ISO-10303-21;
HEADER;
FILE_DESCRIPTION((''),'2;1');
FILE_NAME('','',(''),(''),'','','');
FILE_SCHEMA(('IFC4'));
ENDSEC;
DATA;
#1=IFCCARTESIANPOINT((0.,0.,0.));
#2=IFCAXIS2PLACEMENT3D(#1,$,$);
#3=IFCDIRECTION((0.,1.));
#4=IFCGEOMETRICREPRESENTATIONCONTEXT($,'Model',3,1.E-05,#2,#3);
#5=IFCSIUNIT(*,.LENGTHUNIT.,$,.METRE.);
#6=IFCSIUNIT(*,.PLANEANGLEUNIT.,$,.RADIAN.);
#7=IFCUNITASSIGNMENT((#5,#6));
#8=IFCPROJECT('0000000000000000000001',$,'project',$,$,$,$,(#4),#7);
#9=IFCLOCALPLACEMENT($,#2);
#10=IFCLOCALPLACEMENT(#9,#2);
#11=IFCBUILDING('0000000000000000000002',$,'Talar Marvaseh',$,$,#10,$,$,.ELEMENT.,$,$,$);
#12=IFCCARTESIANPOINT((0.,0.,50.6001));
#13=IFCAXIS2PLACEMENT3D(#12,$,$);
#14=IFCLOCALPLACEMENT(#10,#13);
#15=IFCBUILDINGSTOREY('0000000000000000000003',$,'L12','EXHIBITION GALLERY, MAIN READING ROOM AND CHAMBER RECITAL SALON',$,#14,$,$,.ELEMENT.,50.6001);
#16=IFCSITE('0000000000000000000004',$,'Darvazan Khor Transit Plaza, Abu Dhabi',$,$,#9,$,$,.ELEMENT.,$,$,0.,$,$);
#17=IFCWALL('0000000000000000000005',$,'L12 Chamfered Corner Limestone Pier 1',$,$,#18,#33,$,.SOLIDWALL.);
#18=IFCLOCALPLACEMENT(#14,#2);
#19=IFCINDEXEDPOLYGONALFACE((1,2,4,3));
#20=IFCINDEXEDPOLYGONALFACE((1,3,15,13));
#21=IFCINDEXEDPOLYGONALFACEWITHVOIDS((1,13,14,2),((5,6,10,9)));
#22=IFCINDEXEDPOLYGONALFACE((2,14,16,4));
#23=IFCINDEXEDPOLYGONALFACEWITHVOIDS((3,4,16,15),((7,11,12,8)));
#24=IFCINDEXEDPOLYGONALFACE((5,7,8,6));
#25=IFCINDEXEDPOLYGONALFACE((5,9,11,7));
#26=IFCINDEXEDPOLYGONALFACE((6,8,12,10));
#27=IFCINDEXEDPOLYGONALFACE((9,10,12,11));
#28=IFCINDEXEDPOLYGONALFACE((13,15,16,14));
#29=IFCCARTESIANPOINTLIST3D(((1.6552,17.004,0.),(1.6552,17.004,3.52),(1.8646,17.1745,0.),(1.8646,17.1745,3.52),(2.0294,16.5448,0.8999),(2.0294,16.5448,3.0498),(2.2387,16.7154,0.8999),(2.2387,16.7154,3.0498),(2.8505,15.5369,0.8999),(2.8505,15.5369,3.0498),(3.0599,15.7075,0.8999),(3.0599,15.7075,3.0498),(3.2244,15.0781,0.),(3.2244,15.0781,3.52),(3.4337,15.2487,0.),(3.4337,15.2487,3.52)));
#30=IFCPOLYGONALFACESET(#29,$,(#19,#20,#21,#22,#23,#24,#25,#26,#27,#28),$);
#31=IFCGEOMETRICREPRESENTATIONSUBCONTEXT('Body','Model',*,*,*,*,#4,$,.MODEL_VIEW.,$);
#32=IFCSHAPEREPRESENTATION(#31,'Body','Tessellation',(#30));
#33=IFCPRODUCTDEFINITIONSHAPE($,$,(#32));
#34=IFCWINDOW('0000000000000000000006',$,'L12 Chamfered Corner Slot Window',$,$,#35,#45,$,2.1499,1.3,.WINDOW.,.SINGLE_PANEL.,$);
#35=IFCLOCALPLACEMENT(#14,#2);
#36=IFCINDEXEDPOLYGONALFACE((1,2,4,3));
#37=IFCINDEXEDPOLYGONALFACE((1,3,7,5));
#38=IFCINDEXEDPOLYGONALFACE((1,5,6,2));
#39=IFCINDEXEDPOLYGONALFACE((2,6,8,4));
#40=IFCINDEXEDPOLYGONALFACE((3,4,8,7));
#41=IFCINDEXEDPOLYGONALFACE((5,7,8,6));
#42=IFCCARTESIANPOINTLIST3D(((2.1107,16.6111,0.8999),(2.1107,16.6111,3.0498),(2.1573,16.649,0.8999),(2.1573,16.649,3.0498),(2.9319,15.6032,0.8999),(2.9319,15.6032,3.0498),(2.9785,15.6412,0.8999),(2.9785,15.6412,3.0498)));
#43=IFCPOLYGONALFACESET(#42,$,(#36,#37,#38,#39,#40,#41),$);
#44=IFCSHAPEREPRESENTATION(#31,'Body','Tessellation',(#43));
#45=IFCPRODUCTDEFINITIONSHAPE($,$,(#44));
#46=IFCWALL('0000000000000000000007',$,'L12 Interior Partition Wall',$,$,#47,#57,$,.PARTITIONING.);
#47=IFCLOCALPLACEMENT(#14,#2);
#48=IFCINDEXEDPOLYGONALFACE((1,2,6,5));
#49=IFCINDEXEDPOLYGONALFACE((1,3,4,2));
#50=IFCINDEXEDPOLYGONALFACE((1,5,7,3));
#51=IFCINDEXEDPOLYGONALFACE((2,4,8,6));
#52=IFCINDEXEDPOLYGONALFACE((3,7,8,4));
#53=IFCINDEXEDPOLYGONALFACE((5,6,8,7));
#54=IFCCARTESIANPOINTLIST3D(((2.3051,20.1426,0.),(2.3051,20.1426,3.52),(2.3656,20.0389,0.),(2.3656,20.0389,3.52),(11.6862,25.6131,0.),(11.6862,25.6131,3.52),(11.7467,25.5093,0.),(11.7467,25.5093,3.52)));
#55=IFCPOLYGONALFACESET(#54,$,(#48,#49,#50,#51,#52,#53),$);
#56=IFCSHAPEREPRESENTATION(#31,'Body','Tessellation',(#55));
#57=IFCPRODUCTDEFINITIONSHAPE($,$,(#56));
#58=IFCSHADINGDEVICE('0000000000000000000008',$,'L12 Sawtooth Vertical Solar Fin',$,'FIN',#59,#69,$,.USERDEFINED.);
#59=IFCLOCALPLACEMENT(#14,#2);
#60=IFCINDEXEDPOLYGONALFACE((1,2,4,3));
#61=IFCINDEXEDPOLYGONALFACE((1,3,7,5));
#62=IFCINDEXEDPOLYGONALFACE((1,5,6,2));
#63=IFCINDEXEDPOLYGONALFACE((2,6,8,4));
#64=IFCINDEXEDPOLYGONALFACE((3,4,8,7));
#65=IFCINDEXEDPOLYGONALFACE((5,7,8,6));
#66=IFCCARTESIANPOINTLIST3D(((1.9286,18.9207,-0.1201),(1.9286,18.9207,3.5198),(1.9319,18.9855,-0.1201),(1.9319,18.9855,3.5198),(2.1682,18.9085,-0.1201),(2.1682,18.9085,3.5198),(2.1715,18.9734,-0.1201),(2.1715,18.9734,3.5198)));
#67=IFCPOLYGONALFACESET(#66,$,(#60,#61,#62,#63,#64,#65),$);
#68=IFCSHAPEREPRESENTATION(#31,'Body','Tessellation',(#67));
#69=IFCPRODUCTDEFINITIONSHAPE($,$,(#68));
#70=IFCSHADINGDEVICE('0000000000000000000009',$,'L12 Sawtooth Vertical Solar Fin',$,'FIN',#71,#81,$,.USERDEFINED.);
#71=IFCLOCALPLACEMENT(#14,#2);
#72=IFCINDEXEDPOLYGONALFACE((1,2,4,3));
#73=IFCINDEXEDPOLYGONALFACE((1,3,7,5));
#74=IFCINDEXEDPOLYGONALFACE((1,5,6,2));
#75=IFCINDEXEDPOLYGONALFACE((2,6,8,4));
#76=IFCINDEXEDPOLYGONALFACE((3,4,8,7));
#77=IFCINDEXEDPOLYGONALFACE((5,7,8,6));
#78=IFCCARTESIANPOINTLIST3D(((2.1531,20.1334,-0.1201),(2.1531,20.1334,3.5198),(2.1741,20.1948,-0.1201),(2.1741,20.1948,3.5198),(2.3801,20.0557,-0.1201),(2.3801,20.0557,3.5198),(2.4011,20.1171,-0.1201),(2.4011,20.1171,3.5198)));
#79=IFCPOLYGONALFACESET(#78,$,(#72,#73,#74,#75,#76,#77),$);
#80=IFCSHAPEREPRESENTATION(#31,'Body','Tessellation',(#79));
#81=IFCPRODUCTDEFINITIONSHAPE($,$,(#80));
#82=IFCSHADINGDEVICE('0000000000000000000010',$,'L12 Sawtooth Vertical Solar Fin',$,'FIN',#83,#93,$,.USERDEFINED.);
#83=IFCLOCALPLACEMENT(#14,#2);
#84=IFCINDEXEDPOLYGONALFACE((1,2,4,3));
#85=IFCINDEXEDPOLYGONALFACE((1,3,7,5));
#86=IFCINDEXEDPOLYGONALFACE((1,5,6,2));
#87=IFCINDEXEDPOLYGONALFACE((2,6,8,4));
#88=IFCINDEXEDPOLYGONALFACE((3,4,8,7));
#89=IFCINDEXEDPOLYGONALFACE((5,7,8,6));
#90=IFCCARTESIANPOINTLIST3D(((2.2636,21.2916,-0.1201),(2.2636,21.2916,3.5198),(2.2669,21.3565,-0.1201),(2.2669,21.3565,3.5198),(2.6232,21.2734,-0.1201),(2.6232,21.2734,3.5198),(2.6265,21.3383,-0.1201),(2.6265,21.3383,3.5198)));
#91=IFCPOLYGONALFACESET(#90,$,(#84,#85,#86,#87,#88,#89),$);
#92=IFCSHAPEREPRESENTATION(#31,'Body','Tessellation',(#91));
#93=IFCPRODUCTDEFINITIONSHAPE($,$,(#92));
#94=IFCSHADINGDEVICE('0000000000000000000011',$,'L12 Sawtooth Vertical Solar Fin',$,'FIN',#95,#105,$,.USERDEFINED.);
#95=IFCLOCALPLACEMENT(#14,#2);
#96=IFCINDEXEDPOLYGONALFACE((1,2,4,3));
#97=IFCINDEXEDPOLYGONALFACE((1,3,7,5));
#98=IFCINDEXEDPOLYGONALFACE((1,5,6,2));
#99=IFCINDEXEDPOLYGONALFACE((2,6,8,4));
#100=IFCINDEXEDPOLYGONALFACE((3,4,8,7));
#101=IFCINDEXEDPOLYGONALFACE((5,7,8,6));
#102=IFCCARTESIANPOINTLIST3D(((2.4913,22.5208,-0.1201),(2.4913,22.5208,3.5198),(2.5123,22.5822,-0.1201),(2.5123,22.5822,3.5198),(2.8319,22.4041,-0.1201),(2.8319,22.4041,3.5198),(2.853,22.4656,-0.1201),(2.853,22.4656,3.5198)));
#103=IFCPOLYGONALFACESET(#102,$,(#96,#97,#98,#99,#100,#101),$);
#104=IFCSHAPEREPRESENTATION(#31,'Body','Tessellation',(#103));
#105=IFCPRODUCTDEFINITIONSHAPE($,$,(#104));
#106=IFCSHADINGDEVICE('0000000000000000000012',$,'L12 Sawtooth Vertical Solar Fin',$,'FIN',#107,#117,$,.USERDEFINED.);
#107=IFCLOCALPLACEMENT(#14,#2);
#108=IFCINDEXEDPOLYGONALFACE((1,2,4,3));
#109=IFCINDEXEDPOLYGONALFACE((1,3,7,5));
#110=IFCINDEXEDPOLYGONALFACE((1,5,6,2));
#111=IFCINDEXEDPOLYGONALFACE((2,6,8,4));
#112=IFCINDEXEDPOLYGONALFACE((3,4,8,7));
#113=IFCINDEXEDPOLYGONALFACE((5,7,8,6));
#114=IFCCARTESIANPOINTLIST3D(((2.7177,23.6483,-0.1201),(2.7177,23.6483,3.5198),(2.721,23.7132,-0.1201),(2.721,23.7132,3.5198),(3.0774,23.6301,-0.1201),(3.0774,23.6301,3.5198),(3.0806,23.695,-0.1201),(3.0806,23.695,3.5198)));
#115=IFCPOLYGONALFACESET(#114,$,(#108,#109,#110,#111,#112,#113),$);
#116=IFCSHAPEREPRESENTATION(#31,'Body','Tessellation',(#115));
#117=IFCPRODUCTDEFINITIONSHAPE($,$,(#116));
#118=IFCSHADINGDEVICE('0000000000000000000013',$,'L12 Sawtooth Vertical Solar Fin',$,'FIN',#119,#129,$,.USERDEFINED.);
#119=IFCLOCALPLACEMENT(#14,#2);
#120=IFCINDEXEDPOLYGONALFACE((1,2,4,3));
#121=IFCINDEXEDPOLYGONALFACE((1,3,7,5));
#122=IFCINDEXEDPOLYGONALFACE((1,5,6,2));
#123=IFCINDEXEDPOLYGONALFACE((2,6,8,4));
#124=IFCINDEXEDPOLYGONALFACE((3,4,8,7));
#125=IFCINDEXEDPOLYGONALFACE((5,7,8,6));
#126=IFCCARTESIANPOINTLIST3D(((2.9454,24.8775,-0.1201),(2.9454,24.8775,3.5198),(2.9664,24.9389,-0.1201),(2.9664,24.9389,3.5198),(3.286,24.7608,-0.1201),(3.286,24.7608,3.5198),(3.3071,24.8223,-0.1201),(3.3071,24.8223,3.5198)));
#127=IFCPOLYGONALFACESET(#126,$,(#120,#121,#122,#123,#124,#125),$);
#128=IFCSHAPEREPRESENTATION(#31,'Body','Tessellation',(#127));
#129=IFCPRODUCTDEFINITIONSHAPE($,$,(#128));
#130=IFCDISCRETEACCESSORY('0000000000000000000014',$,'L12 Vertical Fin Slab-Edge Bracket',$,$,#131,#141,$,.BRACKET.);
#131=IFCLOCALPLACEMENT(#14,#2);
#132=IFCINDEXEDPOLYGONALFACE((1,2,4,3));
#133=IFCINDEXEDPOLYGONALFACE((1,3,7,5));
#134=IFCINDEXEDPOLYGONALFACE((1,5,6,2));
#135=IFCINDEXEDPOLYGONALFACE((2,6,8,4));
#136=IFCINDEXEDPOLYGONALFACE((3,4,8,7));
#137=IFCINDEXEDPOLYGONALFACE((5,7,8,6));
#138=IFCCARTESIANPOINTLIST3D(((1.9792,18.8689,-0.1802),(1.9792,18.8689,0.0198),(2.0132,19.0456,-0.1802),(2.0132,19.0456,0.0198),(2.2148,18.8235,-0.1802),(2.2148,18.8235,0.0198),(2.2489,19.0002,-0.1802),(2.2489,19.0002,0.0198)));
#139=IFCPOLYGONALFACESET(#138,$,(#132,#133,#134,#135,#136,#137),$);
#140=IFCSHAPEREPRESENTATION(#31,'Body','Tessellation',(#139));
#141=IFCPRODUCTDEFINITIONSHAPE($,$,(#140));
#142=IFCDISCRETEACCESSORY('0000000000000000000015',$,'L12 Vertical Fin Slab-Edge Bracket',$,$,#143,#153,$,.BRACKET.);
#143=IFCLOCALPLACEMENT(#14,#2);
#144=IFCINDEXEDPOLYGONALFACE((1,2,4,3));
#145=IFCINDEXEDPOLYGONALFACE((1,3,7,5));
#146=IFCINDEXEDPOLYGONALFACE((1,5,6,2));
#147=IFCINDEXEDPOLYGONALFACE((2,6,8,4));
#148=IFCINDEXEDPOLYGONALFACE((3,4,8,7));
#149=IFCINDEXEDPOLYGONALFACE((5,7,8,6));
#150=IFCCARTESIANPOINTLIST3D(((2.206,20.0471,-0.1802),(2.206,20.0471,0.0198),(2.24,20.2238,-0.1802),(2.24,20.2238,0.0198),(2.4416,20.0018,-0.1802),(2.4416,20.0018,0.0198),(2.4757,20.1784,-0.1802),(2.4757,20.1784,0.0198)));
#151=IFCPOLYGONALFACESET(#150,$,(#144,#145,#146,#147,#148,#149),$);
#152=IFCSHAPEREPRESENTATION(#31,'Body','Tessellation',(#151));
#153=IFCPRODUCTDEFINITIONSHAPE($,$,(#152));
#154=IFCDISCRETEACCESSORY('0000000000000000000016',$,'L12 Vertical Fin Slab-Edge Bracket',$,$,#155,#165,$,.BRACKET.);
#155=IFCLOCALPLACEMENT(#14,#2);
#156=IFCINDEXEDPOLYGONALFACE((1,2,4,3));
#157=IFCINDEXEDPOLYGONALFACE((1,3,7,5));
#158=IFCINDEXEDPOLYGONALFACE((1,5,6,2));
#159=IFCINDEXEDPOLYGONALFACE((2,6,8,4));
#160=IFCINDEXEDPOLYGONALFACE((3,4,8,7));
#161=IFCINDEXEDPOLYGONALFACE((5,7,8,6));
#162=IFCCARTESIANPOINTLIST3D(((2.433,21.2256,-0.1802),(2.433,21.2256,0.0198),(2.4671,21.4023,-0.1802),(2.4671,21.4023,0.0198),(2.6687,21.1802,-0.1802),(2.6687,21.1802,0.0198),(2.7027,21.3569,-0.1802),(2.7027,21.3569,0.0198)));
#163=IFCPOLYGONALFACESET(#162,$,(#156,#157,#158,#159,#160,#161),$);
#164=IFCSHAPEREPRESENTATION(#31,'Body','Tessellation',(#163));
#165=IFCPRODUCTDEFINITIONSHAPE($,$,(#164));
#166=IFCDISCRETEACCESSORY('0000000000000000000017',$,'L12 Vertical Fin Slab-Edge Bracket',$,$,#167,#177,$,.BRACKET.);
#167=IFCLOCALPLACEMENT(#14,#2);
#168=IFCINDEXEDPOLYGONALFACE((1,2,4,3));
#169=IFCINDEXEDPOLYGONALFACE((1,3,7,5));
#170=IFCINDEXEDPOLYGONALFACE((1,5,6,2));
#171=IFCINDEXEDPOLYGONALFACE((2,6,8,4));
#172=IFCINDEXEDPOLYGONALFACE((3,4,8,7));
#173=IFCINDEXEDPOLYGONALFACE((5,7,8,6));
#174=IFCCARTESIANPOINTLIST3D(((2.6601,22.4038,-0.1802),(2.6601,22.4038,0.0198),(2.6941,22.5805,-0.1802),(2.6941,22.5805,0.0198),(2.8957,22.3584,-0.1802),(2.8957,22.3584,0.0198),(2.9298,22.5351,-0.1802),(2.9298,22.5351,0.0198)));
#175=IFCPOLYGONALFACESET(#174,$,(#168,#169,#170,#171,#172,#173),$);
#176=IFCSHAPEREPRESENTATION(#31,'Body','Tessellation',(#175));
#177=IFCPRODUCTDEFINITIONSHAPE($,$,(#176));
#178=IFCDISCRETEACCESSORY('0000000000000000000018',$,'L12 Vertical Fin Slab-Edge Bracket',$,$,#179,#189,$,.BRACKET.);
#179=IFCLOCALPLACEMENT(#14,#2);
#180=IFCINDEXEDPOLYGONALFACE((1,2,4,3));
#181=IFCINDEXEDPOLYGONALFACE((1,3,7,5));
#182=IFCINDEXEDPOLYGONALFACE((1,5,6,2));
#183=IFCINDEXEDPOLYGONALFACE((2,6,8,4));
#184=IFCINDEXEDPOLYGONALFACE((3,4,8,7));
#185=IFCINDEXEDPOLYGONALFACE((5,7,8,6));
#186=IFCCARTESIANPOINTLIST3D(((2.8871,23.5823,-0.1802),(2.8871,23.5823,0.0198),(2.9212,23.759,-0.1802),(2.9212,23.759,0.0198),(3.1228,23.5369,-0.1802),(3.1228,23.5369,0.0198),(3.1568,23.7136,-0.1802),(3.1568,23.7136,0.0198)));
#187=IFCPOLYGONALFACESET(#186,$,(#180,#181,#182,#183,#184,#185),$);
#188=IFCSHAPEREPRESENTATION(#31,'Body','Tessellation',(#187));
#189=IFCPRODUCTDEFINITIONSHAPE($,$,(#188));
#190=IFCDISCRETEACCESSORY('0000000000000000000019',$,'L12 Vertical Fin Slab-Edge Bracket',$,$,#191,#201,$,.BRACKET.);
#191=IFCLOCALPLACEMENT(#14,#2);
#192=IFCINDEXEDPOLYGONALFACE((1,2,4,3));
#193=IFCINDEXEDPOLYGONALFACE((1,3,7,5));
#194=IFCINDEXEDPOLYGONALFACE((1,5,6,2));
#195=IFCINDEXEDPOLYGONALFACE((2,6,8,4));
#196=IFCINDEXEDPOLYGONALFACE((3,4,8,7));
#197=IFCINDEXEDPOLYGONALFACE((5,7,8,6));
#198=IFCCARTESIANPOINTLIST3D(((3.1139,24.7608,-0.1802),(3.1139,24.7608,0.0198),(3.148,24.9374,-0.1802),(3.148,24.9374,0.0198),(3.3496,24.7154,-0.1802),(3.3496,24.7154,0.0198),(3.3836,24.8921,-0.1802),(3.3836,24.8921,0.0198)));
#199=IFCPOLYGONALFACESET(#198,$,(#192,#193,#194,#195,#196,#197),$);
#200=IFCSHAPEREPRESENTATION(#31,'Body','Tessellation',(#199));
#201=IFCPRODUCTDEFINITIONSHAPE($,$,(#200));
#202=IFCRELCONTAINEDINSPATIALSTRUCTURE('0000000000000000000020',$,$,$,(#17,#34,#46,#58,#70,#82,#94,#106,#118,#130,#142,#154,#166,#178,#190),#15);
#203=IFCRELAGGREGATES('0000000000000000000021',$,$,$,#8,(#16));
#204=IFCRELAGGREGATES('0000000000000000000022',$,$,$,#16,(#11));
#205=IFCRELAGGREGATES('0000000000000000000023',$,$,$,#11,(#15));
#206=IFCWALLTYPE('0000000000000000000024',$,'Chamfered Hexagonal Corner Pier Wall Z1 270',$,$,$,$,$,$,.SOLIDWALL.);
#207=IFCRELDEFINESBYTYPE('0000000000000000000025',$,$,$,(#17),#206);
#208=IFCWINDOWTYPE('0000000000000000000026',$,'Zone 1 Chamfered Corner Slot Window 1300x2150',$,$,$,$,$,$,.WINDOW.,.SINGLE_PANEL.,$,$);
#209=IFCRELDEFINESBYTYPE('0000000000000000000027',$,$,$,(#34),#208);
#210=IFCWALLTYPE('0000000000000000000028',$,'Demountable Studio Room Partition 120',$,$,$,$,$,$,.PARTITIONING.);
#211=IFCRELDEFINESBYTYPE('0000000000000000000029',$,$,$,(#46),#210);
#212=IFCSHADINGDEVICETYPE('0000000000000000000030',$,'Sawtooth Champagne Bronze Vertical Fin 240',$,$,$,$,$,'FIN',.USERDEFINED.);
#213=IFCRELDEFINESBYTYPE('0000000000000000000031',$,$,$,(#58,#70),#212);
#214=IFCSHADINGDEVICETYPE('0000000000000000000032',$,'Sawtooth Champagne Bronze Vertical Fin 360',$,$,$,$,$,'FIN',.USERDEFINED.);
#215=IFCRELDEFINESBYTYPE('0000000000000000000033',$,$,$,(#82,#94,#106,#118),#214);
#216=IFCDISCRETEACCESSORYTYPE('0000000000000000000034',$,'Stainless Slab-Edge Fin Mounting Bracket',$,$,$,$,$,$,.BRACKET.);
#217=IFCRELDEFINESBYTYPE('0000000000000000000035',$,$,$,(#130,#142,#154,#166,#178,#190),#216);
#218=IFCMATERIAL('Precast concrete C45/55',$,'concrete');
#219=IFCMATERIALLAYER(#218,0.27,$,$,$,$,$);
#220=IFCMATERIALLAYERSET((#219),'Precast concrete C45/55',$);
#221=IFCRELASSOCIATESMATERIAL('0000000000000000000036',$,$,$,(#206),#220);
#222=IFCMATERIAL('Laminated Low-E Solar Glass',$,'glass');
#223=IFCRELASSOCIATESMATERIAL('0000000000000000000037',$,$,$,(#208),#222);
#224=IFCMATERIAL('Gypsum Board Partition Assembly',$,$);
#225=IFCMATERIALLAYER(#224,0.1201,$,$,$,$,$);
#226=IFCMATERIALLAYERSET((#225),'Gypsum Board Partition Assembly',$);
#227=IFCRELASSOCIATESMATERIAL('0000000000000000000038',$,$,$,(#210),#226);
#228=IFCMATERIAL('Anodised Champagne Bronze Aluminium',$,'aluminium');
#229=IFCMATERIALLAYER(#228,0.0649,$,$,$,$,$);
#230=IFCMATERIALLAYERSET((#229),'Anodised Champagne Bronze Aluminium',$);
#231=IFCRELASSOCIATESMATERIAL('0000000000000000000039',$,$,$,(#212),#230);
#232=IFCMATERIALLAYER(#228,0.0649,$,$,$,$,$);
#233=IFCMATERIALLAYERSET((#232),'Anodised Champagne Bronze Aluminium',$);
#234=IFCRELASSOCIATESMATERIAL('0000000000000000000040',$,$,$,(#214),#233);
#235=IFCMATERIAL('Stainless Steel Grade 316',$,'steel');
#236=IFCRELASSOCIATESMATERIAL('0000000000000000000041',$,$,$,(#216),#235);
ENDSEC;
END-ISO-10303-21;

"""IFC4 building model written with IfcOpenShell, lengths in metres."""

from ifc_helpers import new_model, si_unit, direction, frame, frame_2d, origin, origin_2d, place, context, subcontext, project, spatial, rectangle, extrude, source, transform, mapped, material, layer, layer_set, type_object, type_shapes, element, fill, save


model = new_model("IFC4")

# Units and contexts
model_context = context("Model", 3, precision=1e-05, world=origin(), true_north=direction((0.0, 1.0)))
body_context = subcontext(model_context, "Body", "Model", "MODEL_VIEW")
ifc_project = project(units=[si_unit("LENGTHUNIT", "METRE"), si_unit("PLANEANGLEUNIT", "RADIAN")], contexts=[model_context])

# Site, building, storey
site_placement = place(None, origin())
site = spatial("IfcSite", under=ifc_project, at=site_placement, Name="Darvazan Khor Transit Plaza, Abu Dhabi", CompositionType="ELEMENT", RefElevation=0.0)
building_placement = place(site_placement, origin())
building = spatial("IfcBuilding", under=site, at=building_placement, Name="Talar Marvaseh", CompositionType="ELEMENT")
storey_placement = place(building_placement, frame((0.0, 0.0, 50.6001)))
storey = spatial("IfcBuildingStorey", under=building, at=storey_placement, Name="L12", Description="EXHIBITION GALLERY, MAIN READING ROOM AND CHAMBER RECITAL SALON", CompositionType="ELEMENT", Elevation=50.6001)

# Shared definitions
ifc_material_1 = material(Name="Laminated Low-E Solar Glass", Category="glass")

# Wall, opening, window
ifc_material_2 = material(Name="Precast concrete C45/55", Category="concrete")
ifc_layer_1 = layer(ifc_material_2, 0.27)
ifc_layer_set_1 = layer_set([ifc_layer_1], Name="Precast concrete C45/55")
wall_type_1 = type_object("IfcWallType", Name="Chamfered Hexagonal Corner Pier Wall Z1 270", PredefinedType="SOLIDWALL", material=ifc_layer_set_1)
wall_1_placement = place(storey_placement, frame((3.3291, 15.1633, 0.0), z_axis=(0.0, 0.0, 1.0), x_axis=(-0.631658, 0.775247, 0.0)))
wall_1 = element("IfcWall", 1, at=wall_1_placement, inside=storey, type_object=wall_type_1, Name="L12 Chamfered Corner Limestone Pier 1", PredefinedType="SOLIDWALL", context=body_context, shape_type="SweptSolid", body=[
    extrude(rectangle(XDim=2.4841, YDim=0.27, at=frame_2d((1.2422, 0.0))), origin(), (0.0, 0.0, 1.0), 3.52),
])
opening_placement = place(wall_1_placement, frame((0.592, 0.0, 0.8999)))
opening = element("IfcOpeningElement", 2, at=opening_placement, cuts=wall_1, PredefinedType="OPENING", context=body_context, shape_type="SweptSolid", body=[
    extrude(rectangle(XDim=1.3, YDim=2.1499, at=frame_2d((0.6499, 1.075))), frame((0.0, 0.145, 0.0), z_axis=(0.0, -1.0, 0.0), x_axis=(1.0, 0.0, 0.0)), (0.0, 0.0, 1.0), 0.29),
])
window_type = type_object("IfcWindowType", Name="Zone 1 Chamfered Corner Slot Window 1300x2150", PartitioningType="SINGLE_PANEL", PredefinedType="WINDOW", material=ifc_material_1)
shared_shape_1 = source(origin(), body_context, "Body", "SweptSolid", [
    extrude(rectangle(XDim=1.3, YDim=2.1499, at=frame_2d((0.6499, 1.075))), frame((0.0, 0.03, 0.0), z_axis=(0.0, -1.0, 0.0), x_axis=(1.0, 0.0, 0.0)), (0.0, 0.0, 1.0), 0.0601),
])
type_shapes(window_type, [shared_shape_1])
window_placement = place(opening_placement, origin())
window = element("IfcWindow", 3, at=window_placement, inside=storey, type_object=window_type, Name="L12 Chamfered Corner Slot Window", OverallHeight=2.1499, OverallWidth=1.3, PartitioningType="SINGLE_PANEL", PredefinedType="WINDOW", context=body_context, shape_type="MappedRepresentation", body=[
    mapped(shared_shape_1, transform((0.0, 0.0, 0.0), x_axis=(1.0, 0.0, 0.0), y_axis=(0.0, 1.0, 0.0), z_axis=(0.0, 0.0, 1.0), scale=1.0)),
])
fill(opening, window)

# Wall
ifc_material_3 = material(Name="Gypsum Board Partition Assembly")
ifc_layer_2 = layer(ifc_material_3, 0.1201)
ifc_layer_set_2 = layer_set([ifc_layer_2], Name="Gypsum Board Partition Assembly")
wall_type_2 = type_object("IfcWallType", Name="Demountable Studio Room Partition 120", PredefinedType="PARTITIONING", material=ifc_layer_set_2)
wall_2_placement = place(storey_placement, frame((2.3354, 20.0908, 0.0), z_axis=(0.0, 0.0, 1.0), x_axis=(0.863853, 0.503744, 0.0)))
element("IfcWall", 4, at=wall_2_placement, inside=storey, type_object=wall_type_2, Name="L12 Interior Partition Wall", PredefinedType="PARTITIONING", context=body_context, shape_type="SweptSolid", body=[
    extrude(rectangle(XDim=10.8596, YDim=0.1201, at=frame_2d((5.4297, 0.0))), origin(), (0.0, 0.0, 1.0), 3.52),
])

# Shading devices
ifc_material_4 = material(Name="Anodised Champagne Bronze Aluminium", Category="aluminium")
ifc_layer_3 = layer(ifc_material_4, 0.0649)
ifc_layer_set_3 = layer_set([ifc_layer_3], Name="Anodised Champagne Bronze Aluminium")
shading_device_type_1 = type_object("IfcShadingDeviceType", Name="Sawtooth Champagne Bronze Vertical Fin 240", ElementType="FIN", PredefinedType="USERDEFINED", material=ifc_layer_set_3)
shared_shape_2 = source(origin(), body_context, "Body", "SweptSolid", [
    extrude(rectangle(XDim=0.24, YDim=0.0649, at=origin_2d()), origin(), (0.0, 0.0, 1.0), 3.6399),
])
type_shapes(shading_device_type_1, [shared_shape_2])
for number, where, z_axis, x_axis, name in (
    (5, (2.05, 18.947, -0.1201), (0.0, 0.0, 1.0), (-0.998719, 0.050593, 0.0), "L12 Sawtooth Vertical Solar Fin"),
    (6, (2.2771, 20.1252, -0.1201), (0.0, 0.0, 1.0), (-0.946085, 0.323917, 0.0), "L12 Sawtooth Vertical Solar Fin"),
):
    element("IfcShadingDevice", number, at=place(storey_placement, frame(where, z_axis=z_axis, x_axis=x_axis)), inside=storey, type_object=shading_device_type_1, Name=name, ObjectType="FIN", PredefinedType="USERDEFINED", context=body_context, shape_type="MappedRepresentation", body=[
        mapped(shared_shape_2, transform((0.0, 0.0, 0.0), x_axis=(1.0, 0.0, 0.0), y_axis=(0.0, 1.0, 0.0), z_axis=(0.0, 0.0, 1.0), scale=1.0)),
    ])
ifc_layer_4 = layer(ifc_material_4, 0.0649)
ifc_layer_set_4 = layer_set([ifc_layer_4], Name="Anodised Champagne Bronze Aluminium")
shading_device_type_2 = type_object("IfcShadingDeviceType", Name="Sawtooth Champagne Bronze Vertical Fin 360", ElementType="FIN", PredefinedType="USERDEFINED", material=ifc_layer_set_4)
shared_shape_3 = source(origin(), body_context, "Body", "SweptSolid", [
    extrude(rectangle(XDim=0.3601, YDim=0.0649, at=origin_2d()), origin(), (0.0, 0.0, 1.0), 3.6399),
])
type_shapes(shading_device_type_2, [shared_shape_3])
for number, where, z_axis, x_axis, name in (
    (7, (2.4451, 21.3149, -0.1201), (0.0, 0.0, 1.0), (-0.998719, 0.050593, 0.0), "L12 Sawtooth Vertical Solar Fin"),
    (8, (2.6721, 22.4932, -0.1201), (0.0, 0.0, 1.0), (-0.946085, 0.323917, 0.0), "L12 Sawtooth Vertical Solar Fin"),
    (9, (2.8992, 23.6716, -0.1201), (0.0, 0.0, 1.0), (-0.998719, 0.050593, 0.0), "L12 Sawtooth Vertical Solar Fin"),
    (10, (3.1262, 24.8499, -0.1201), (0.0, 0.0, 1.0), (-0.946085, 0.323917, 0.0), "L12 Sawtooth Vertical Solar Fin"),
):
    element("IfcShadingDevice", number, at=place(storey_placement, frame(where, z_axis=z_axis, x_axis=x_axis)), inside=storey, type_object=shading_device_type_2, Name=name, ObjectType="FIN", PredefinedType="USERDEFINED", context=body_context, shape_type="MappedRepresentation", body=[
        mapped(shared_shape_3, transform((0.0, 0.0, 0.0), x_axis=(1.0, 0.0, 0.0), y_axis=(0.0, 1.0, 0.0), z_axis=(0.0, 0.0, 1.0), scale=1.0)),
    ])

# Discrete accessories
ifc_material_5 = material(Name="Stainless Steel Grade 316", Category="steel")
discrete_accessory_type = type_object("IfcDiscreteAccessoryType", Name="Stainless Slab-Edge Fin Mounting Bracket", PredefinedType="BRACKET", material=ifc_material_5)
shared_shape_4 = source(origin(), body_context, "Body", "SweptSolid", [
    extrude(rectangle(XDim=0.24, YDim=0.1799, at=origin_2d()), origin(), (0.0, 0.0, 1.0), 0.2),
])
type_shapes(discrete_accessory_type, [shared_shape_4])
for number, where, z_axis, x_axis, name in (
    (11, (2.114, 18.9346, -0.1802), (0.0, 0.0, 1.0), (-0.981959, 0.189095, 0.0), "L12 Vertical Fin Slab-Edge Bracket"),
    (12, (2.3408, 20.1128, -0.1802), (0.0, 0.0, 1.0), (-0.981959, 0.189095, 0.0), "L12 Vertical Fin Slab-Edge Bracket"),
    (13, (2.5679, 21.2913, -0.1802), (0.0, 0.0, 1.0), (-0.981959, 0.189095, 0.0), "L12 Vertical Fin Slab-Edge Bracket"),
    (14, (2.7949, 22.4695, -0.1802), (0.0, 0.0, 1.0), (-0.981959, 0.189095, 0.0), "L12 Vertical Fin Slab-Edge Bracket"),
    (15, (3.022, 23.6479, -0.1802), (0.0, 0.0, 1.0), (-0.981959, 0.189095, 0.0), "L12 Vertical Fin Slab-Edge Bracket"),
    (16, (3.2488, 24.8264, -0.1802), (0.0, 0.0, 1.0), (-0.981959, 0.189095, 0.0), "L12 Vertical Fin Slab-Edge Bracket"),
):
    element("IfcDiscreteAccessory", number, at=place(storey_placement, frame(where, z_axis=z_axis, x_axis=x_axis)), inside=storey, type_object=discrete_accessory_type, Name=name, PredefinedType="BRACKET", context=body_context, shape_type="MappedRepresentation", body=[
        mapped(shared_shape_4, transform((0.0, 0.0, 0.0), x_axis=(1.0, 0.0, 0.0), y_axis=(0.0, 1.0, 0.0), z_axis=(0.0, 0.0, 1.0), scale=1.0)),
    ])

save(model, "model.ifc")
